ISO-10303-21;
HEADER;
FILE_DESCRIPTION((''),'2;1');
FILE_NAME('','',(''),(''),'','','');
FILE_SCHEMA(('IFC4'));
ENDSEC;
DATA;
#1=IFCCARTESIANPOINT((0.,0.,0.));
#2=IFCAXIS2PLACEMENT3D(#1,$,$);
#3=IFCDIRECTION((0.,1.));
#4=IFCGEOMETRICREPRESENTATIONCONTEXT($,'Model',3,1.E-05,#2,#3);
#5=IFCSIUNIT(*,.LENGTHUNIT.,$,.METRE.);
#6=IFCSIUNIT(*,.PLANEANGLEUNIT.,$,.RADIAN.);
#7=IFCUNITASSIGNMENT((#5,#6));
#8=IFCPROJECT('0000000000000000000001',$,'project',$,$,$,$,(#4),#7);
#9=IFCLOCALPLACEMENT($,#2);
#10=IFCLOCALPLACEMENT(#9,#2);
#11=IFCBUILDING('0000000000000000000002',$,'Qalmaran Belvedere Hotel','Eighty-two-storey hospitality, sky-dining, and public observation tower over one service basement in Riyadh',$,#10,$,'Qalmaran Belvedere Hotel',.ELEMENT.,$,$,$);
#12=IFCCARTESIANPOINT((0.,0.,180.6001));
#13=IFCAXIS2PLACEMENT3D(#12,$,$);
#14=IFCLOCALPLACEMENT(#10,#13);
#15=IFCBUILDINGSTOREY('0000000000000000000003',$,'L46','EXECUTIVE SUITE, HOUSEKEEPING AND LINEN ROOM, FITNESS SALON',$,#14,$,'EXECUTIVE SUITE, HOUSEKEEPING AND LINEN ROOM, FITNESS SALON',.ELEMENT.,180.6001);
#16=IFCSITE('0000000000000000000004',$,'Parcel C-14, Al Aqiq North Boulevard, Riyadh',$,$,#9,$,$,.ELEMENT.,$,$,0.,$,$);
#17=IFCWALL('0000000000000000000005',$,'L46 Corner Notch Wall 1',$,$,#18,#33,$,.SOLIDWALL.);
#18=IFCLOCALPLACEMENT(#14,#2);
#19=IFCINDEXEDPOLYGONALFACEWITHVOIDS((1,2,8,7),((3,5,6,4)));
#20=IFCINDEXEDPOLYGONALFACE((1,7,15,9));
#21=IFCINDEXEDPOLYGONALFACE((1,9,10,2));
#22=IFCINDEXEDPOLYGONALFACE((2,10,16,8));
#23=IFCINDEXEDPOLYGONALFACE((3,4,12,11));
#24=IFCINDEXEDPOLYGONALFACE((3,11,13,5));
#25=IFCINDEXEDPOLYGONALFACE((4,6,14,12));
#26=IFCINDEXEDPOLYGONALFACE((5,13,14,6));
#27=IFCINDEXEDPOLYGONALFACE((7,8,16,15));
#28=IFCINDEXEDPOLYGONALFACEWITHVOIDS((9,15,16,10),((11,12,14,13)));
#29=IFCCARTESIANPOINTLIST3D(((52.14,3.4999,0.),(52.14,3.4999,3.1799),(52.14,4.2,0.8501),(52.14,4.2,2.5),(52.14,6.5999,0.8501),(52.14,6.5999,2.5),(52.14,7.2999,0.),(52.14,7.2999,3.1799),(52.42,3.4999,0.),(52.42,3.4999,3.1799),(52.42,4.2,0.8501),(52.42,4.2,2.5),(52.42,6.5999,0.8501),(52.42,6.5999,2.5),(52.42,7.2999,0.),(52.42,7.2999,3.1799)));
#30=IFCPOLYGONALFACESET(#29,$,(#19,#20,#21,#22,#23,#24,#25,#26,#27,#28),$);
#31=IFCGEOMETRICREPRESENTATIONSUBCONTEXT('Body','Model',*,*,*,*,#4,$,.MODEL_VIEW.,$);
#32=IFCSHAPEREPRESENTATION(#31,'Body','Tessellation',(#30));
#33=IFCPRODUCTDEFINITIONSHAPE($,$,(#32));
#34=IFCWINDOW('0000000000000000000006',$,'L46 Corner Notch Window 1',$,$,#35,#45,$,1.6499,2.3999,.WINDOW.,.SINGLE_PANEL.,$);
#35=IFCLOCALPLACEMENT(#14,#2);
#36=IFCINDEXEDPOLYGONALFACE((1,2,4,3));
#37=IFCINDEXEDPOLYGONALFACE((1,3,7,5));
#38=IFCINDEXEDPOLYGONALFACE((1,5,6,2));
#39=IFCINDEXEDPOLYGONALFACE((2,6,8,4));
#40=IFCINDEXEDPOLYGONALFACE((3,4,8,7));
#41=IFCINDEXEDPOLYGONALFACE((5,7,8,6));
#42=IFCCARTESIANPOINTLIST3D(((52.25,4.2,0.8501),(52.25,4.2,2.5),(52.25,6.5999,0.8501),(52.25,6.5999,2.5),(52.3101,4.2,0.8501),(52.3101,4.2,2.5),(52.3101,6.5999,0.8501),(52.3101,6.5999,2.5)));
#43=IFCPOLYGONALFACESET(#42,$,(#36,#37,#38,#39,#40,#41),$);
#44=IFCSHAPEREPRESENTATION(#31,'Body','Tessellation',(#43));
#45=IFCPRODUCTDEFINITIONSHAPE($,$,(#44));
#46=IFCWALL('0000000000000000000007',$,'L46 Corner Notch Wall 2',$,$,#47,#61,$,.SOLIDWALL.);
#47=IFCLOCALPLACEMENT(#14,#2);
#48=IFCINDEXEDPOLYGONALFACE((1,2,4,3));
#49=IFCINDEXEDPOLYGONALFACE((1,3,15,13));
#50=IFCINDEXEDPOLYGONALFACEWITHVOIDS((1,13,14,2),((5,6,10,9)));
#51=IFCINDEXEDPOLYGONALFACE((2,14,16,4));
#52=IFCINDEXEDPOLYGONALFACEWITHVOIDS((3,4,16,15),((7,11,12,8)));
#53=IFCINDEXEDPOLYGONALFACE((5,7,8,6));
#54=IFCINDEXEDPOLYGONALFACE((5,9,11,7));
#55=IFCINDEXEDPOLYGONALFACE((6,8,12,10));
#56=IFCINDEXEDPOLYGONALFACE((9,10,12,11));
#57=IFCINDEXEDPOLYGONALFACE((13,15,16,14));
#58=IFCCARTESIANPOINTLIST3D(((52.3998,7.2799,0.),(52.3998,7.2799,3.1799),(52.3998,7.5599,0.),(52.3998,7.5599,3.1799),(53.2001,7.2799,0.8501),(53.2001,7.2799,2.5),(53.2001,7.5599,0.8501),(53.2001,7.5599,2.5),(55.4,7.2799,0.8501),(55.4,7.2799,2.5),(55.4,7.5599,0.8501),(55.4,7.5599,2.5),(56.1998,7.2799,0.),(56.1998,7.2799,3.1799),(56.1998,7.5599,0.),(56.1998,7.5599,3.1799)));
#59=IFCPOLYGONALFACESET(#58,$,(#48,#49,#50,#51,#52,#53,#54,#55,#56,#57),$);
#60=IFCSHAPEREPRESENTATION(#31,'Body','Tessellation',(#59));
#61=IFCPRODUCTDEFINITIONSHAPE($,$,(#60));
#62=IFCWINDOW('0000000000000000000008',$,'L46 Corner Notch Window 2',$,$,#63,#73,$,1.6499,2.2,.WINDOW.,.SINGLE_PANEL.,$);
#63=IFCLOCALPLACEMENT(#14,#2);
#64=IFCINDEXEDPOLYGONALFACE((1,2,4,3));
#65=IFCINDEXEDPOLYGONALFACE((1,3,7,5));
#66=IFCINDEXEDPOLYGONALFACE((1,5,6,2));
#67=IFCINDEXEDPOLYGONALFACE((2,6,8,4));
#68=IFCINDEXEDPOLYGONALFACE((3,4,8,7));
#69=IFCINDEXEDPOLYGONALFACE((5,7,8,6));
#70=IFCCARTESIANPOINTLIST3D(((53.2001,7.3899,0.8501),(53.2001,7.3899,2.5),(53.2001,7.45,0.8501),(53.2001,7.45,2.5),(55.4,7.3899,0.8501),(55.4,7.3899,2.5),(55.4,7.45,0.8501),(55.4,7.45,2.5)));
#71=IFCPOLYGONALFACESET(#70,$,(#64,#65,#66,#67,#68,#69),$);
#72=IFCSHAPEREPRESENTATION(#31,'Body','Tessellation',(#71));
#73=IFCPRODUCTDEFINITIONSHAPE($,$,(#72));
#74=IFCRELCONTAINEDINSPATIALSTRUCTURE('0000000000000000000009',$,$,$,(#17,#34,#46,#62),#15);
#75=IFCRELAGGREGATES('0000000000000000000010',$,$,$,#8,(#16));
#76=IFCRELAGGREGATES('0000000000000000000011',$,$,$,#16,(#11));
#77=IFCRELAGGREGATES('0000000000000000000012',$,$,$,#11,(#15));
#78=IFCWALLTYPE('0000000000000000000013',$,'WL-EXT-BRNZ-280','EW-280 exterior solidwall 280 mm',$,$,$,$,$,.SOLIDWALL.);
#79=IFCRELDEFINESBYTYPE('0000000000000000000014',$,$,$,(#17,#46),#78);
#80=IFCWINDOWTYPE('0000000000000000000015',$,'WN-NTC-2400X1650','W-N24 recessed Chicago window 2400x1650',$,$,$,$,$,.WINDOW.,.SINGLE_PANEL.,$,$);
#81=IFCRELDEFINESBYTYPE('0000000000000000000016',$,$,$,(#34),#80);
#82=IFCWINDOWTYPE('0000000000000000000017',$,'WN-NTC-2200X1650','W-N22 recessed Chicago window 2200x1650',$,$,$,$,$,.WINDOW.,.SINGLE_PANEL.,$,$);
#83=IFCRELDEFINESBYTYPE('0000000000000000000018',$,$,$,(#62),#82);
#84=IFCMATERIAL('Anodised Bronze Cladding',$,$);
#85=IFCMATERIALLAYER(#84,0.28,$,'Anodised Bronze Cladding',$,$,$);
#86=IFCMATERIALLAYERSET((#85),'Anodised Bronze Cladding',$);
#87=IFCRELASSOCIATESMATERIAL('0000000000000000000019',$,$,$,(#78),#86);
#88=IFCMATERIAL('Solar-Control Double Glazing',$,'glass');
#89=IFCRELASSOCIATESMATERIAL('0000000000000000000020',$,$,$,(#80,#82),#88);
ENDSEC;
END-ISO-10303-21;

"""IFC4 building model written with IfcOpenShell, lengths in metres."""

from ifc_helpers import new_model, si_unit, direction, frame, frame_2d, origin, place, context, subcontext, project, spatial, rectangle, extrude, material, layer, layer_set, type_object, element, fill, save


model = new_model("IFC4")

# Units and contexts
model_context = context("Model", 3, precision=1e-05, world=origin(), true_north=direction((0.0, 1.0)))
body_context = subcontext(model_context, "Body", "Model", "MODEL_VIEW")
ifc_project = project(units=[si_unit("LENGTHUNIT", "METRE"), si_unit("PLANEANGLEUNIT", "RADIAN")], contexts=[model_context])

# Site, building, storey
site_placement = place(None, origin())
site = spatial("IfcSite", under=ifc_project, at=site_placement, Name="Parcel C-14, Al Aqiq North Boulevard, Riyadh", CompositionType="ELEMENT", RefElevation=0.0)
building_placement = place(site_placement, origin())
building = spatial("IfcBuilding", under=site, at=building_placement, Name="Qalmaran Belvedere Hotel", Description="Eighty-two-storey hospitality, sky-dining, and public observation tower over one service basement in Riyadh", LongName="Qalmaran Belvedere Hotel", CompositionType="ELEMENT")
storey_placement = place(building_placement, frame((0.0, 0.0, 180.6001)))
storey = spatial("IfcBuildingStorey", under=building, at=storey_placement, Name="L46", Description="EXECUTIVE SUITE, HOUSEKEEPING AND LINEN ROOM, FITNESS SALON", LongName="EXECUTIVE SUITE, HOUSEKEEPING AND LINEN ROOM, FITNESS SALON", CompositionType="ELEMENT", Elevation=180.6001)

# Shared definitions
ifc_material_1 = material(Name="Solar-Control Double Glazing", Category="glass")

# Walls, openings, windows
ifc_material_2 = material(Name="Anodised Bronze Cladding")
ifc_layer_1 = layer(ifc_material_2, 0.28, Name="Anodised Bronze Cladding")
ifc_layer_set_1 = layer_set([ifc_layer_1], Name="Anodised Bronze Cladding")
wall_type_1 = type_object("IfcWallType", Name="WL-EXT-BRNZ-280", Description="EW-280 exterior solidwall 280 mm", PredefinedType="SOLIDWALL", material=ifc_layer_set_1)
wall_1_placement = place(storey_placement, frame((52.28, 3.5, 0.0), z_axis=(0.0, 0.0, 1.0), x_axis=(0.0, 1.0, 0.0)))
wall_1 = element("IfcWall", 1, at=wall_1_placement, inside=storey, type_object=wall_type_1, Name="L46 Corner Notch Wall 1", PredefinedType="SOLIDWALL", context=body_context, shape_type="SweptSolid", body=[
    extrude(rectangle(XDim=3.8, YDim=0.28, at=frame_2d((1.8999, 0.0))), origin(), (0.0, 0.0, 1.0), 3.1799),
])
opening_1_placement = place(wall_1_placement, frame((0.7, 0.0, 0.8501)))
opening_1 = element("IfcOpeningElement", 2, at=opening_1_placement, cuts=wall_1, PredefinedType="OPENING", context=body_context, shape_type="SweptSolid", body=[
    extrude(rectangle(XDim=2.3999, YDim=1.6499, at=frame_2d((1.2, 0.825))), frame((0.0, 0.1499, 0.0), z_axis=(0.0, -1.0, 0.0), x_axis=(1.0, 0.0, 0.0)), (0.0, 0.0, 1.0), 0.3),
])
window_type_1 = type_object("IfcWindowType", Name="WN-NTC-2400X1650", Description="W-N24 recessed Chicago window 2400x1650", PartitioningType="SINGLE_PANEL", PredefinedType="WINDOW", material=ifc_material_1)
window_1_placement = place(opening_1_placement, origin())
window_1 = element("IfcWindow", 3, at=window_1_placement, inside=storey, type_object=window_type_1, Name="L46 Corner Notch Window 1", OverallHeight=1.6499, OverallWidth=2.3999, PartitioningType="SINGLE_PANEL", PredefinedType="WINDOW", context=body_context, shape_type="SweptSolid", body=[
    extrude(rectangle(XDim=2.3999, YDim=1.6499, at=frame_2d((1.2, 0.825))), frame((0.0, 0.03, 0.0), z_axis=(0.0, -1.0, 0.0), x_axis=(1.0, 0.0, 0.0)), (0.0, 0.0, 1.0), 0.0601),
])
fill(opening_1, window_1)
wall_2_placement = place(storey_placement, frame((52.3999, 7.4199, 0.0), z_axis=(0.0, 0.0, 1.0), x_axis=(1.0, 0.0, 0.0)))
wall_2 = element("IfcWall", 4, at=wall_2_placement, inside=storey, type_object=wall_type_1, Name="L46 Corner Notch Wall 2", PredefinedType="SOLIDWALL", context=body_context, shape_type="SweptSolid", body=[
    extrude(rectangle(XDim=3.8, YDim=0.28, at=frame_2d((1.8999, 0.0))), origin(), (0.0, 0.0, 1.0), 3.1799),
])
opening_2_placement = place(wall_2_placement, frame((0.8, 0.0, 0.8501)))
opening_2 = element("IfcOpeningElement", 5, at=opening_2_placement, cuts=wall_2, PredefinedType="OPENING", context=body_context, shape_type="SweptSolid", body=[
    extrude(rectangle(XDim=2.2, YDim=1.6499, at=frame_2d((1.1001, 0.825))), frame((0.0, 0.1499, 0.0), z_axis=(0.0, -1.0, 0.0), x_axis=(1.0, 0.0, 0.0)), (0.0, 0.0, 1.0), 0.3),
])
window_type_2 = type_object("IfcWindowType", Name="WN-NTC-2200X1650", Description="W-N22 recessed Chicago window 2200x1650", PartitioningType="SINGLE_PANEL", PredefinedType="WINDOW", material=ifc_material_1)
window_2_placement = place(opening_2_placement, origin())
window_2 = element("IfcWindow", 6, at=window_2_placement, inside=storey, type_object=window_type_2, Name="L46 Corner Notch Window 2", OverallHeight=1.6499, OverallWidth=2.2, PartitioningType="SINGLE_PANEL", PredefinedType="WINDOW", context=body_context, shape_type="SweptSolid", body=[
    extrude(rectangle(XDim=2.2, YDim=1.6499, at=frame_2d((1.1001, 0.825))), frame((0.0, 0.03, 0.0), z_axis=(0.0, -1.0, 0.0), x_axis=(1.0, 0.0, 0.0)), (0.0, 0.0, 1.0), 0.0601),
])
fill(opening_2, window_2)

save(model, "model.ifc")
